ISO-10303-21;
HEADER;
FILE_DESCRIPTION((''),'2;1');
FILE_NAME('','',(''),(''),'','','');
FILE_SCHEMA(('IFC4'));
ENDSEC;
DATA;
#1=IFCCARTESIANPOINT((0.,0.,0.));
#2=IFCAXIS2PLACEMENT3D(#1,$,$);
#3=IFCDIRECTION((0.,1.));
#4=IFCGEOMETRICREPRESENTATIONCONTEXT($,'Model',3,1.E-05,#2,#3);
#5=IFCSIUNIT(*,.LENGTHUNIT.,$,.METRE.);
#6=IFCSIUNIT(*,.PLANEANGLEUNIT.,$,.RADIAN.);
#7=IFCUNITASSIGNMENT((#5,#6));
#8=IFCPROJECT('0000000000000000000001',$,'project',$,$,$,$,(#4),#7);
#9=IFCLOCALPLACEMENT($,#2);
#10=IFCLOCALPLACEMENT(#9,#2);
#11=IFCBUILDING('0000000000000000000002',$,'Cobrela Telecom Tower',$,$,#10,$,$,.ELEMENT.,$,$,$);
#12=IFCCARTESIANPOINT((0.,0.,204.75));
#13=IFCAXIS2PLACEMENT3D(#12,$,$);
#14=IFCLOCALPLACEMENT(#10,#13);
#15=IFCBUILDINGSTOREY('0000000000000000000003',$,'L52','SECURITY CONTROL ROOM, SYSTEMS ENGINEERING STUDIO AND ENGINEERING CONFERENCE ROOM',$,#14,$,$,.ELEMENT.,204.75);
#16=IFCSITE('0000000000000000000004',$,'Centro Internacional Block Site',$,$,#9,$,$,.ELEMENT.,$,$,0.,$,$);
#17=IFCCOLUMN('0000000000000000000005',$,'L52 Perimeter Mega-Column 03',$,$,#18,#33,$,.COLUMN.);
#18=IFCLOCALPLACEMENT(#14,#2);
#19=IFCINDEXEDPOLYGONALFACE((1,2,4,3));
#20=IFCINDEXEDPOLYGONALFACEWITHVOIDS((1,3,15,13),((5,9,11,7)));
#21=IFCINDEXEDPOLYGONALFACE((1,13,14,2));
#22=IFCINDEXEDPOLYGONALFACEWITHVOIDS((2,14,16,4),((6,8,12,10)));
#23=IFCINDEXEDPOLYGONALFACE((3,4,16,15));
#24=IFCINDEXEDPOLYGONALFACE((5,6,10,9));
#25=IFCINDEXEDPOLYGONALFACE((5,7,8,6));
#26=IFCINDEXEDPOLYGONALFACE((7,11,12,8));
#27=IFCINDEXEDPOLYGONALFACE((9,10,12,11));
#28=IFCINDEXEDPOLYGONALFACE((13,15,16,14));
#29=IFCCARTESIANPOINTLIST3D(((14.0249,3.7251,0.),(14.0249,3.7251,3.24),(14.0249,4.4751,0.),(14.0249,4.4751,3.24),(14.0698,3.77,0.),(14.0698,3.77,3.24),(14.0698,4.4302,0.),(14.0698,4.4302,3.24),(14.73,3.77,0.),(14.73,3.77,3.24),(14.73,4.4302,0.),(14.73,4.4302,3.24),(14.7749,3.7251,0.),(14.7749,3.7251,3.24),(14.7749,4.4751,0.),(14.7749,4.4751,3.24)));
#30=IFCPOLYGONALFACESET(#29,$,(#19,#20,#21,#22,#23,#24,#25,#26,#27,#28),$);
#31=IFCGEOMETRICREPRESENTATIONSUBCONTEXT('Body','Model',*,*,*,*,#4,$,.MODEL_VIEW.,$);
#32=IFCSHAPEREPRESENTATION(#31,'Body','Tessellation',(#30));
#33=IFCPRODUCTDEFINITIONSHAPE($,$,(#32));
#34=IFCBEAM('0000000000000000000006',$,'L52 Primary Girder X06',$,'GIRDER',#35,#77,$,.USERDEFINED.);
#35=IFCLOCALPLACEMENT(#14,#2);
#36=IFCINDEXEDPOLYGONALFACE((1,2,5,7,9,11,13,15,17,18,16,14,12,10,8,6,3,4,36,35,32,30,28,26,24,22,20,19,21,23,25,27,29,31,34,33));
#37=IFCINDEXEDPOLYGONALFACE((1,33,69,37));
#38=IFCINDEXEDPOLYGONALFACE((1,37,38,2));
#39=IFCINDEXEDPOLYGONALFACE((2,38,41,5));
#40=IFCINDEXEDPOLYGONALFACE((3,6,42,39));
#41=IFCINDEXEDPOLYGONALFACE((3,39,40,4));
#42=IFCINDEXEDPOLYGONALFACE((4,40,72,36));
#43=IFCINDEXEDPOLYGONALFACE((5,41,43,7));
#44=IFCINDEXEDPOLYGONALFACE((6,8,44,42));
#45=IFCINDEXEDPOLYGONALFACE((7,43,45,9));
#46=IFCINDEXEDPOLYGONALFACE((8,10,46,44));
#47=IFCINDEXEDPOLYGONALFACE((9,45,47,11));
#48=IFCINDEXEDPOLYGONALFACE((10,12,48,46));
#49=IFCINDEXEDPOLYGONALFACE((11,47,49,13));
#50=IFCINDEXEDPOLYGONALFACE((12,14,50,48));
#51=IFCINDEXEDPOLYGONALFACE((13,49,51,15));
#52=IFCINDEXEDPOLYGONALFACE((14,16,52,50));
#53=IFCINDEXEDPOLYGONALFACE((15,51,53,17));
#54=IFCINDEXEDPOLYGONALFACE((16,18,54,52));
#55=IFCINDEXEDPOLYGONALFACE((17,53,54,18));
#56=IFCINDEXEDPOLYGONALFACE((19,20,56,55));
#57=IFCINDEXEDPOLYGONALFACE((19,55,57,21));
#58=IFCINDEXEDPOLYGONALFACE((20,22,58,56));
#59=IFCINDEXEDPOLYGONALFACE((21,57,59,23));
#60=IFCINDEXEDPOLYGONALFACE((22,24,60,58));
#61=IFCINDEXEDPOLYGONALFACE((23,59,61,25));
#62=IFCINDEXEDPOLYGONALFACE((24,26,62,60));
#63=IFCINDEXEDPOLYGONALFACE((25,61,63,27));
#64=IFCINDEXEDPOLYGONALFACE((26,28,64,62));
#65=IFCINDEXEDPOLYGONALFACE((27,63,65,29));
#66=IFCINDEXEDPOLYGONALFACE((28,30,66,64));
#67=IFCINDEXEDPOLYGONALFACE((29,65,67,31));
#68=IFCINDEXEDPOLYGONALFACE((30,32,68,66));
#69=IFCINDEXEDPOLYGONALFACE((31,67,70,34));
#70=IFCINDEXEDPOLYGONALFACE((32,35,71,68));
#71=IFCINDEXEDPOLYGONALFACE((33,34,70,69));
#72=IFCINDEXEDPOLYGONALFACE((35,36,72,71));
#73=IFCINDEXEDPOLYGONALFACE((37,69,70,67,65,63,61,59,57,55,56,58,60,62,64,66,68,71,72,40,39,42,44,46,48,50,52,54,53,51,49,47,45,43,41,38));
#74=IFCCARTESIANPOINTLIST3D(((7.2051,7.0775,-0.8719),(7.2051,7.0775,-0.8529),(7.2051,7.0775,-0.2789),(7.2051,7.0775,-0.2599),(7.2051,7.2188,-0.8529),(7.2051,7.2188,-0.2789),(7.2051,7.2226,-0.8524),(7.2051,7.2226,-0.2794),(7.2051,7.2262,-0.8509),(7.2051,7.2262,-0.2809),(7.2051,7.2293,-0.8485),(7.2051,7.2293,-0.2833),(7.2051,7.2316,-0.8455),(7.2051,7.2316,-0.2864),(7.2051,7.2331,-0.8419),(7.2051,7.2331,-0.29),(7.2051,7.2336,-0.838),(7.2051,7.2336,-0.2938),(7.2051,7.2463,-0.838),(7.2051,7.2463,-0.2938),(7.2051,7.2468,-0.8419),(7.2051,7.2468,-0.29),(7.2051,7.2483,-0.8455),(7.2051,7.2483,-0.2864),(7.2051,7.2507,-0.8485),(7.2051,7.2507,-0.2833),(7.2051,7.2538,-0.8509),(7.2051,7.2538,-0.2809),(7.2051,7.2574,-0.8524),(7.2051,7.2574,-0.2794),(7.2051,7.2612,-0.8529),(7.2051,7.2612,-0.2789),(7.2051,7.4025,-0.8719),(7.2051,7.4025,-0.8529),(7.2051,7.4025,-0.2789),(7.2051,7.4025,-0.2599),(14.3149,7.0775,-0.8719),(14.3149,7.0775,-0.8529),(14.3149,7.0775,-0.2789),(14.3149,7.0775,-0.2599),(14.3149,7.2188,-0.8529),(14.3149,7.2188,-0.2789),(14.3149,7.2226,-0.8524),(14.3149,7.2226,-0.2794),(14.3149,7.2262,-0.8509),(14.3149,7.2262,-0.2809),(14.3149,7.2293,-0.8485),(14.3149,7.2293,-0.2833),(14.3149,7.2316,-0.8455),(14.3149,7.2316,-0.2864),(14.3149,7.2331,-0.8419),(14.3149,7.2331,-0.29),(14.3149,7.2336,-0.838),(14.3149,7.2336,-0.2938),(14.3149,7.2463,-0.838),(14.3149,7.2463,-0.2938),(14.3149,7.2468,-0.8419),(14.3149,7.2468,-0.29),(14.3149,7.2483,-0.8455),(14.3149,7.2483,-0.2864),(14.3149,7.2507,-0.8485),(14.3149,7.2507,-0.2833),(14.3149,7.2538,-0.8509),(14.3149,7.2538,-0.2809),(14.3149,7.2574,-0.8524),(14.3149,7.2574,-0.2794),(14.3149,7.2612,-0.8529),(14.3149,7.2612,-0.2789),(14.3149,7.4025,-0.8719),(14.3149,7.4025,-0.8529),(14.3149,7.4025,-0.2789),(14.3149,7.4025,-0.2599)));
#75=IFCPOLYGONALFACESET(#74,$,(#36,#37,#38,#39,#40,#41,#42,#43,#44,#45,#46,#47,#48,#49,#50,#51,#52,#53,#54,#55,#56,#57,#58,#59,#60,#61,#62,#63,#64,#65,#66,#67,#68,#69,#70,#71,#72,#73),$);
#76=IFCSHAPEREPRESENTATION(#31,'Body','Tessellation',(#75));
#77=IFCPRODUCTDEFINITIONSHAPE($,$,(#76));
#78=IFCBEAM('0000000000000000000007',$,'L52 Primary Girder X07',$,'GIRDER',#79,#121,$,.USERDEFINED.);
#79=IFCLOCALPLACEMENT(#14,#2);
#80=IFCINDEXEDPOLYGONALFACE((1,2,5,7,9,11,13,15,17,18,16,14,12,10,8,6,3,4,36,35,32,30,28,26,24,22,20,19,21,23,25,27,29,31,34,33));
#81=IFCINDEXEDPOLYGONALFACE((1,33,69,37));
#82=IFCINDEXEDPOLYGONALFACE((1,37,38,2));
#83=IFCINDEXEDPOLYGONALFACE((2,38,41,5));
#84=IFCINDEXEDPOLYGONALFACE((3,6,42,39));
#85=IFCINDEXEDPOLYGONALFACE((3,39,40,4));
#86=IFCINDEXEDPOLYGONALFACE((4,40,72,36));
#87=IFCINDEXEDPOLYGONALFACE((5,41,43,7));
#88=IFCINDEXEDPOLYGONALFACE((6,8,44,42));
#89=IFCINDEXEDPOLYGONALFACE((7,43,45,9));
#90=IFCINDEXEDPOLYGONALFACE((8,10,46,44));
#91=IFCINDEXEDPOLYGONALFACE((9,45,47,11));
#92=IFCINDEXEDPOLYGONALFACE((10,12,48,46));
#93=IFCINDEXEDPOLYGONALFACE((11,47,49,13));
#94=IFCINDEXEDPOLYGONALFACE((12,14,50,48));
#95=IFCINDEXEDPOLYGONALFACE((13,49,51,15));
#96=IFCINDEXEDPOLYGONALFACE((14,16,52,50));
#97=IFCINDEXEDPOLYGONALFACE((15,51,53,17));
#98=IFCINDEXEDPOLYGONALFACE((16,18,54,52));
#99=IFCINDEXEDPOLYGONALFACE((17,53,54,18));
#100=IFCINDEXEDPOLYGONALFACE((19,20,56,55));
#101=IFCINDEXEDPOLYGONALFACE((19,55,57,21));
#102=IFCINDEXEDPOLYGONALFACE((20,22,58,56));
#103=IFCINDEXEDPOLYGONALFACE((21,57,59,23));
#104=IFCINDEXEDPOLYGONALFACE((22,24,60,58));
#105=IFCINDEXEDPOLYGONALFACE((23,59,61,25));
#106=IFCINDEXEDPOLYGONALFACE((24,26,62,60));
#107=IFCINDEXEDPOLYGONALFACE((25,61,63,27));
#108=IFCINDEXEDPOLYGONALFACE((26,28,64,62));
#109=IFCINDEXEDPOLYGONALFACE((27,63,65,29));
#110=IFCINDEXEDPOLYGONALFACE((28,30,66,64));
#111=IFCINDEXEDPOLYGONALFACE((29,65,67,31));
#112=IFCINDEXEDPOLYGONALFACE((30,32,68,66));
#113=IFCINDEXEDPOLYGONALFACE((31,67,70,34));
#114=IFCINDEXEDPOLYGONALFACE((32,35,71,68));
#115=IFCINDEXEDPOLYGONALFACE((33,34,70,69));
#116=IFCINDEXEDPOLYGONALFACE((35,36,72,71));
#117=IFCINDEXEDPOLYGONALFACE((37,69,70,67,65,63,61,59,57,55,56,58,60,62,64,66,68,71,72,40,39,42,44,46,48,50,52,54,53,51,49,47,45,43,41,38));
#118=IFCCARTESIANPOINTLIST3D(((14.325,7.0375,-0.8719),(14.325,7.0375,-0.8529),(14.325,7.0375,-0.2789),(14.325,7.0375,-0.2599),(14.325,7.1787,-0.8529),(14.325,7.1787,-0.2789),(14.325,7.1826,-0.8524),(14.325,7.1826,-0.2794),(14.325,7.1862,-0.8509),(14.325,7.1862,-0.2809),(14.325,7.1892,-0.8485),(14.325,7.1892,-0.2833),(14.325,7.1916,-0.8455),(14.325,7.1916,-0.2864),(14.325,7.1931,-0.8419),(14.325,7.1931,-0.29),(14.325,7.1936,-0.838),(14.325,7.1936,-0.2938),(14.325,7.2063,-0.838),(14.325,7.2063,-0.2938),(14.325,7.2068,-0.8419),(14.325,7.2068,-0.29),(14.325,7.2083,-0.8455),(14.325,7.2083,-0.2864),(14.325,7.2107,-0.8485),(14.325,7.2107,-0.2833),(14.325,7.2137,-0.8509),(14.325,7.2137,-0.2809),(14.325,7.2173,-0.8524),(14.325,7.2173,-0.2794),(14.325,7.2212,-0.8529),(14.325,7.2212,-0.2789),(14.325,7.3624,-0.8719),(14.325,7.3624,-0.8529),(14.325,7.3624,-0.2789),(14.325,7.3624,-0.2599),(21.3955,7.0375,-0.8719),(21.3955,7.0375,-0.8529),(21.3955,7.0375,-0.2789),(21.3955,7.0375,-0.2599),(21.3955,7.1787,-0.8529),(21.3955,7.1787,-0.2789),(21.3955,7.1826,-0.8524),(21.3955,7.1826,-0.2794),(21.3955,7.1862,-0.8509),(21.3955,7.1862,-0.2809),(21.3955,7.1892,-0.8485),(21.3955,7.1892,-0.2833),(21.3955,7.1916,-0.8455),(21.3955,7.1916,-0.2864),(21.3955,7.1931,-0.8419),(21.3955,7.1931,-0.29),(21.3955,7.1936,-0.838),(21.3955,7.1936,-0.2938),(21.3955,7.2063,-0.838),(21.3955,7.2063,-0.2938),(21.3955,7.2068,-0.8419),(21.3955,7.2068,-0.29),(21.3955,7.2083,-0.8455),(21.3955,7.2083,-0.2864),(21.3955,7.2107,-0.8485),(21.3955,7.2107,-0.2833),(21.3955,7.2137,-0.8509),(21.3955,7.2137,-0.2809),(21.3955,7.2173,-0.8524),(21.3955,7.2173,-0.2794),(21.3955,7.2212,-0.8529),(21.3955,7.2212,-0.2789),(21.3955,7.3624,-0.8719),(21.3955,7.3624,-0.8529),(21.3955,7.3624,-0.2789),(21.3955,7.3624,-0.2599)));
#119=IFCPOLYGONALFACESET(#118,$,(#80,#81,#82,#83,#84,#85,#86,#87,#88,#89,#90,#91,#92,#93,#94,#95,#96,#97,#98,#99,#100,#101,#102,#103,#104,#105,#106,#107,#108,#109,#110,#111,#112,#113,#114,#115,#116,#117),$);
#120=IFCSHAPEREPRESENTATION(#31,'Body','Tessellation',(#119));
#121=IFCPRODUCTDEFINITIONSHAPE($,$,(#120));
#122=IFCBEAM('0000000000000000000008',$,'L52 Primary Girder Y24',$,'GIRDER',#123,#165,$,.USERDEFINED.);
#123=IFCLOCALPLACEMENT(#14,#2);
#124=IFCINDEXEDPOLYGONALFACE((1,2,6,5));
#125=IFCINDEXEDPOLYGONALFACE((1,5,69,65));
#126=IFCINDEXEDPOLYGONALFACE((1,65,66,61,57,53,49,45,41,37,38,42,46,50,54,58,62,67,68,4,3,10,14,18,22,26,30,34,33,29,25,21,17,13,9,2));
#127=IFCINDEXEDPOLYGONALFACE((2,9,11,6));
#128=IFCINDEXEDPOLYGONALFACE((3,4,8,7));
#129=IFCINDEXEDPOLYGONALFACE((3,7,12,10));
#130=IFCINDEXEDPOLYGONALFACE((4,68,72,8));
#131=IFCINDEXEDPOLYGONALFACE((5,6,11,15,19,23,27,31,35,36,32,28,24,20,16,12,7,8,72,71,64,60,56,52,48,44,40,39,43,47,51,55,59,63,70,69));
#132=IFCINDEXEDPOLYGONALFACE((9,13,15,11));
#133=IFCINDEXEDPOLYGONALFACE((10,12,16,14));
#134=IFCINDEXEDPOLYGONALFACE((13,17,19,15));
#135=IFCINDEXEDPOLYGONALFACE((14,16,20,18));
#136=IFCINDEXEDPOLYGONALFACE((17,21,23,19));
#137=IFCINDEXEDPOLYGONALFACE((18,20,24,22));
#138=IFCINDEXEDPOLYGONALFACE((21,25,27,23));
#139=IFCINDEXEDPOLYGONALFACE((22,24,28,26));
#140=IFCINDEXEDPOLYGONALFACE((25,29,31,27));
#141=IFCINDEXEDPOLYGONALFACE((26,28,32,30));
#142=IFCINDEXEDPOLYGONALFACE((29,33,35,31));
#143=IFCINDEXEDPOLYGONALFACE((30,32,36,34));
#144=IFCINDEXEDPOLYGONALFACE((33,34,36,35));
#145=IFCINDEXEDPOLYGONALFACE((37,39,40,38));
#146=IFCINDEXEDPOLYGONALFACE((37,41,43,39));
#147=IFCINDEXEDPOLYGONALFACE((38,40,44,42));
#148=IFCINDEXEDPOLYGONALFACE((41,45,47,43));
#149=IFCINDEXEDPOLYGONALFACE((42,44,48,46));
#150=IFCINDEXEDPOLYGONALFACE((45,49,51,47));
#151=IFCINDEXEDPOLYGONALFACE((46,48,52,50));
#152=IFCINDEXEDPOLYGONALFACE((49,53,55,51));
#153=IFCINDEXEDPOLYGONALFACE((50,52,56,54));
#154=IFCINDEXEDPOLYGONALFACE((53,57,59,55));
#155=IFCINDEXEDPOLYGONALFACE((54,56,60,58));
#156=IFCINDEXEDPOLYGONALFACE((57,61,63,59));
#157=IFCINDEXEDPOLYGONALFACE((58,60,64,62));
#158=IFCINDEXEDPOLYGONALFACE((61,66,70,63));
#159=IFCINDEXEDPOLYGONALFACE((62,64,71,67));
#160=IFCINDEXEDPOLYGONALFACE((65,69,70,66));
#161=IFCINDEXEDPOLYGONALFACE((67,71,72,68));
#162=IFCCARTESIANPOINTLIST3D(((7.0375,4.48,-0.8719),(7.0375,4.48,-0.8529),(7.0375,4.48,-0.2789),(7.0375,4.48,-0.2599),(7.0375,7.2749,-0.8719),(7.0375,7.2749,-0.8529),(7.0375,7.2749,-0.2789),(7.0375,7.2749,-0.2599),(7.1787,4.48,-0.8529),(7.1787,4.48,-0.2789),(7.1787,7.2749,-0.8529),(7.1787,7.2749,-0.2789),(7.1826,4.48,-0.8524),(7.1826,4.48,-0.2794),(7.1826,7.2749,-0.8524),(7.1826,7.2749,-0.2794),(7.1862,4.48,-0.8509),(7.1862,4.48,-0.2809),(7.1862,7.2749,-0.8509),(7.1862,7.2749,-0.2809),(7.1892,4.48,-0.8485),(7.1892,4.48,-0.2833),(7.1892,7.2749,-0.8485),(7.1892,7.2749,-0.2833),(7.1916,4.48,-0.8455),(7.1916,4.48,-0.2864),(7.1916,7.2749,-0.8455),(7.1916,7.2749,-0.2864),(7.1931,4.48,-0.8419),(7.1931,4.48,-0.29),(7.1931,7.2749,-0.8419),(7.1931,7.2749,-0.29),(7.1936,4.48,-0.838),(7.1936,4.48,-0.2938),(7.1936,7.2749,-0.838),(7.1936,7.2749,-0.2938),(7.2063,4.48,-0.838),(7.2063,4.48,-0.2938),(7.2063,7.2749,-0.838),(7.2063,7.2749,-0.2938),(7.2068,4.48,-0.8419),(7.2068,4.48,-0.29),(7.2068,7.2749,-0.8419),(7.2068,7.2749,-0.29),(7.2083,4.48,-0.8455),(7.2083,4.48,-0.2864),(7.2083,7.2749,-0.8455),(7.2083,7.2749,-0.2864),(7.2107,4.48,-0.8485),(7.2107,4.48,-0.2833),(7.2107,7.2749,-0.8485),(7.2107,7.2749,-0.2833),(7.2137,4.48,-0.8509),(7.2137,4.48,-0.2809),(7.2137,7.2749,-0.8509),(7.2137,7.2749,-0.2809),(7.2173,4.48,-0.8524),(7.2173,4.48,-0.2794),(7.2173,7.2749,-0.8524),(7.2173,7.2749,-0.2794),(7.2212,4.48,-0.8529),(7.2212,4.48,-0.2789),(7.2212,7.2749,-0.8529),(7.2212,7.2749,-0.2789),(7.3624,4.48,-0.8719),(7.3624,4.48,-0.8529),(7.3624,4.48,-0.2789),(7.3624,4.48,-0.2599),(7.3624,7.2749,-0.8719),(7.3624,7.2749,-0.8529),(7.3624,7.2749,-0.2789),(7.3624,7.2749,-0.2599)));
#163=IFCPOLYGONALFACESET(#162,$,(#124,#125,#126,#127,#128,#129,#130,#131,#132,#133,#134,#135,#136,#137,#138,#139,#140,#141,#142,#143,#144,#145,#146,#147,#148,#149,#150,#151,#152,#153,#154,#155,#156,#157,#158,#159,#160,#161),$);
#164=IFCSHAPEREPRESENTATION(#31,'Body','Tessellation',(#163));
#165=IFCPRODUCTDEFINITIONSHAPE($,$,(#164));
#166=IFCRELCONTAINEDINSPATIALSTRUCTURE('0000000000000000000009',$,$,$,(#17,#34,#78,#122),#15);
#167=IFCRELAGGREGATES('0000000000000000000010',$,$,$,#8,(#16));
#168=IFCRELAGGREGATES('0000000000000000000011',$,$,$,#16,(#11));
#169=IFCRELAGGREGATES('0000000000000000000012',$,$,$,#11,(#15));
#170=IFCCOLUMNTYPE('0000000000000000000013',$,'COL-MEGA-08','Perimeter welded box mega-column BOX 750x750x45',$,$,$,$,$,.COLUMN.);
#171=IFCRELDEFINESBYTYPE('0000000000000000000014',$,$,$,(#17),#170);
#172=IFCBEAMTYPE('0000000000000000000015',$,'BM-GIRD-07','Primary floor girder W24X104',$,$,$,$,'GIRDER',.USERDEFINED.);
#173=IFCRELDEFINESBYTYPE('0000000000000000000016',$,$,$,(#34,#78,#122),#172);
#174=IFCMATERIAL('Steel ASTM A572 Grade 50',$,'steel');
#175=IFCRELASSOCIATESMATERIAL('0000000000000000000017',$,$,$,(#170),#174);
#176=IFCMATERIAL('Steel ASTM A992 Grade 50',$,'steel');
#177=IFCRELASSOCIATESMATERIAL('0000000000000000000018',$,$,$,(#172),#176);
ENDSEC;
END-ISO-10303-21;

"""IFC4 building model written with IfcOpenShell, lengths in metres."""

from ifc_helpers import new_model, si_unit, direction, frame, origin, origin_2d, place, context, subcontext, project, spatial, hollow_rectangle, i_section, extrude, material, material_profile, profile_set, type_object, element, save


model = new_model("IFC4")

# Units and contexts
model_context = context("Model", 3, precision=1e-05, world=origin(), true_north=direction((0.0, 1.0)))
body_context = subcontext(model_context, "Body", "Model", "MODEL_VIEW")
ifc_project = project(units=[si_unit("LENGTHUNIT", "METRE"), si_unit("PLANEANGLEUNIT", "RADIAN")], contexts=[model_context])

# Site, building, storey
site_placement = place(None, origin())
site = spatial("IfcSite", under=ifc_project, at=site_placement, Name="Centro Internacional Block Site", CompositionType="ELEMENT", RefElevation=0.0)
building_placement = place(site_placement, origin())
building = spatial("IfcBuilding", under=site, at=building_placement, Name="Cobrela Telecom Tower", CompositionType="ELEMENT")
storey_placement = place(building_placement, frame((0.0, 0.0, 204.75)))
storey = spatial("IfcBuildingStorey", under=building, at=storey_placement, Name="L52", Description="SECURITY CONTROL ROOM, SYSTEMS ENGINEERING STUDIO AND ENGINEERING CONFERENCE ROOM", CompositionType="ELEMENT", Elevation=204.75)

# Column
ifc_material_1 = material(Name="Steel ASTM A572 Grade 50", Category="steel")
ifc_material_profile_1 = material_profile(ifc_material_1, hollow_rectangle(XDim=0.75, YDim=0.75, WallThickness=0.0449, at=origin_2d()), Name="BOX 750x750x45")
ifc_profile_set_1 = profile_set([ifc_material_profile_1], Name="Steel ASTM A572 Grade 50")
column_type = type_object("IfcColumnType", Name="COL-MEGA-08", Description="Perimeter welded box mega-column BOX 750x750x45", PredefinedType="COLUMN", material=ifc_profile_set_1)
column_placement = place(storey_placement, frame((14.3999, 4.1001, 0.0), z_axis=(0.0, 0.0, 1.0), x_axis=(1.0, 0.0, 0.0)))
element("IfcColumn", 1, at=column_placement, inside=storey, type_object=column_type, Name="L52 Perimeter Mega-Column 03", PredefinedType="COLUMN", context=body_context, shape_type="SweptSolid", body=[
    extrude(hollow_rectangle(XDim=0.75, YDim=0.75, WallThickness=0.0449, at=origin_2d()), origin(), (0.0, 0.0, 1.0), 3.24),
])

# Beams
ifc_material_2 = material(Name="Steel ASTM A992 Grade 50", Category="steel")
ifc_material_profile_2 = material_profile(ifc_material_2, i_section(OverallWidth=0.325, OverallDepth=0.6121, WebThickness=0.0127, FlangeThickness=0.019, FilletRadius=0.0149, at=origin_2d()), Name="W24X104")
ifc_profile_set_2 = profile_set([ifc_material_profile_2], Name="Steel ASTM A992 Grade 50")
beam_type_1 = type_object("IfcBeamType", Name="BM-GIRD-07", Description="Primary floor girder W24X104", ElementType="GIRDER", PredefinedType="USERDEFINED", material=ifc_profile_set_2)
beam_1_placement = place(storey_placement, frame((7.2051, 7.24, -0.5659), z_axis=(1.0, 0.0, 0.0), x_axis=(0.0, 1.0, 0.0)))
element("IfcBeam", 2, at=beam_1_placement, inside=storey, type_object=beam_type_1, Name="L52 Primary Girder X06", ObjectType="GIRDER", PredefinedType="USERDEFINED", context=body_context, shape_type="SweptSolid", body=[
    extrude(i_section(OverallWidth=0.325, OverallDepth=0.6121, WebThickness=0.0127, FlangeThickness=0.019, FilletRadius=0.0149, at=origin_2d()), origin(), (0.0, 0.0, 1.0), 7.1099),
])
beam_2_placement = place(storey_placement, frame((14.325, 7.2, -0.5659), z_axis=(1.0, 0.0, 0.0), x_axis=(0.0, 1.0, 0.0)))
element("IfcBeam", 3, at=beam_2_placement, inside=storey, type_object=beam_type_1, Name="L52 Primary Girder X07", ObjectType="GIRDER", PredefinedType="USERDEFINED", context=body_context, shape_type="SweptSolid", body=[
    extrude(i_section(OverallWidth=0.325, OverallDepth=0.6121, WebThickness=0.0127, FlangeThickness=0.019, FilletRadius=0.0149, at=origin_2d()), origin(), (0.0, 0.0, 1.0), 7.0706),
])
beam_3_placement = place(storey_placement, frame((7.2, 4.48, -0.5659), z_axis=(0.0, 1.0, 0.0), x_axis=(-1.0, 0.0, 0.0)))
element("IfcBeam", 4, at=beam_3_placement, inside=storey, type_object=beam_type_1, Name="L52 Primary Girder Y24", ObjectType="GIRDER", PredefinedType="USERDEFINED", context=body_context, shape_type="SweptSolid", body=[
    extrude(i_section(OverallWidth=0.325, OverallDepth=0.6121, WebThickness=0.0127, FlangeThickness=0.019, FilletRadius=0.0149, at=origin_2d()), origin(), (0.0, 0.0, 1.0), 2.7949),
])

save(model, "model.ifc")
